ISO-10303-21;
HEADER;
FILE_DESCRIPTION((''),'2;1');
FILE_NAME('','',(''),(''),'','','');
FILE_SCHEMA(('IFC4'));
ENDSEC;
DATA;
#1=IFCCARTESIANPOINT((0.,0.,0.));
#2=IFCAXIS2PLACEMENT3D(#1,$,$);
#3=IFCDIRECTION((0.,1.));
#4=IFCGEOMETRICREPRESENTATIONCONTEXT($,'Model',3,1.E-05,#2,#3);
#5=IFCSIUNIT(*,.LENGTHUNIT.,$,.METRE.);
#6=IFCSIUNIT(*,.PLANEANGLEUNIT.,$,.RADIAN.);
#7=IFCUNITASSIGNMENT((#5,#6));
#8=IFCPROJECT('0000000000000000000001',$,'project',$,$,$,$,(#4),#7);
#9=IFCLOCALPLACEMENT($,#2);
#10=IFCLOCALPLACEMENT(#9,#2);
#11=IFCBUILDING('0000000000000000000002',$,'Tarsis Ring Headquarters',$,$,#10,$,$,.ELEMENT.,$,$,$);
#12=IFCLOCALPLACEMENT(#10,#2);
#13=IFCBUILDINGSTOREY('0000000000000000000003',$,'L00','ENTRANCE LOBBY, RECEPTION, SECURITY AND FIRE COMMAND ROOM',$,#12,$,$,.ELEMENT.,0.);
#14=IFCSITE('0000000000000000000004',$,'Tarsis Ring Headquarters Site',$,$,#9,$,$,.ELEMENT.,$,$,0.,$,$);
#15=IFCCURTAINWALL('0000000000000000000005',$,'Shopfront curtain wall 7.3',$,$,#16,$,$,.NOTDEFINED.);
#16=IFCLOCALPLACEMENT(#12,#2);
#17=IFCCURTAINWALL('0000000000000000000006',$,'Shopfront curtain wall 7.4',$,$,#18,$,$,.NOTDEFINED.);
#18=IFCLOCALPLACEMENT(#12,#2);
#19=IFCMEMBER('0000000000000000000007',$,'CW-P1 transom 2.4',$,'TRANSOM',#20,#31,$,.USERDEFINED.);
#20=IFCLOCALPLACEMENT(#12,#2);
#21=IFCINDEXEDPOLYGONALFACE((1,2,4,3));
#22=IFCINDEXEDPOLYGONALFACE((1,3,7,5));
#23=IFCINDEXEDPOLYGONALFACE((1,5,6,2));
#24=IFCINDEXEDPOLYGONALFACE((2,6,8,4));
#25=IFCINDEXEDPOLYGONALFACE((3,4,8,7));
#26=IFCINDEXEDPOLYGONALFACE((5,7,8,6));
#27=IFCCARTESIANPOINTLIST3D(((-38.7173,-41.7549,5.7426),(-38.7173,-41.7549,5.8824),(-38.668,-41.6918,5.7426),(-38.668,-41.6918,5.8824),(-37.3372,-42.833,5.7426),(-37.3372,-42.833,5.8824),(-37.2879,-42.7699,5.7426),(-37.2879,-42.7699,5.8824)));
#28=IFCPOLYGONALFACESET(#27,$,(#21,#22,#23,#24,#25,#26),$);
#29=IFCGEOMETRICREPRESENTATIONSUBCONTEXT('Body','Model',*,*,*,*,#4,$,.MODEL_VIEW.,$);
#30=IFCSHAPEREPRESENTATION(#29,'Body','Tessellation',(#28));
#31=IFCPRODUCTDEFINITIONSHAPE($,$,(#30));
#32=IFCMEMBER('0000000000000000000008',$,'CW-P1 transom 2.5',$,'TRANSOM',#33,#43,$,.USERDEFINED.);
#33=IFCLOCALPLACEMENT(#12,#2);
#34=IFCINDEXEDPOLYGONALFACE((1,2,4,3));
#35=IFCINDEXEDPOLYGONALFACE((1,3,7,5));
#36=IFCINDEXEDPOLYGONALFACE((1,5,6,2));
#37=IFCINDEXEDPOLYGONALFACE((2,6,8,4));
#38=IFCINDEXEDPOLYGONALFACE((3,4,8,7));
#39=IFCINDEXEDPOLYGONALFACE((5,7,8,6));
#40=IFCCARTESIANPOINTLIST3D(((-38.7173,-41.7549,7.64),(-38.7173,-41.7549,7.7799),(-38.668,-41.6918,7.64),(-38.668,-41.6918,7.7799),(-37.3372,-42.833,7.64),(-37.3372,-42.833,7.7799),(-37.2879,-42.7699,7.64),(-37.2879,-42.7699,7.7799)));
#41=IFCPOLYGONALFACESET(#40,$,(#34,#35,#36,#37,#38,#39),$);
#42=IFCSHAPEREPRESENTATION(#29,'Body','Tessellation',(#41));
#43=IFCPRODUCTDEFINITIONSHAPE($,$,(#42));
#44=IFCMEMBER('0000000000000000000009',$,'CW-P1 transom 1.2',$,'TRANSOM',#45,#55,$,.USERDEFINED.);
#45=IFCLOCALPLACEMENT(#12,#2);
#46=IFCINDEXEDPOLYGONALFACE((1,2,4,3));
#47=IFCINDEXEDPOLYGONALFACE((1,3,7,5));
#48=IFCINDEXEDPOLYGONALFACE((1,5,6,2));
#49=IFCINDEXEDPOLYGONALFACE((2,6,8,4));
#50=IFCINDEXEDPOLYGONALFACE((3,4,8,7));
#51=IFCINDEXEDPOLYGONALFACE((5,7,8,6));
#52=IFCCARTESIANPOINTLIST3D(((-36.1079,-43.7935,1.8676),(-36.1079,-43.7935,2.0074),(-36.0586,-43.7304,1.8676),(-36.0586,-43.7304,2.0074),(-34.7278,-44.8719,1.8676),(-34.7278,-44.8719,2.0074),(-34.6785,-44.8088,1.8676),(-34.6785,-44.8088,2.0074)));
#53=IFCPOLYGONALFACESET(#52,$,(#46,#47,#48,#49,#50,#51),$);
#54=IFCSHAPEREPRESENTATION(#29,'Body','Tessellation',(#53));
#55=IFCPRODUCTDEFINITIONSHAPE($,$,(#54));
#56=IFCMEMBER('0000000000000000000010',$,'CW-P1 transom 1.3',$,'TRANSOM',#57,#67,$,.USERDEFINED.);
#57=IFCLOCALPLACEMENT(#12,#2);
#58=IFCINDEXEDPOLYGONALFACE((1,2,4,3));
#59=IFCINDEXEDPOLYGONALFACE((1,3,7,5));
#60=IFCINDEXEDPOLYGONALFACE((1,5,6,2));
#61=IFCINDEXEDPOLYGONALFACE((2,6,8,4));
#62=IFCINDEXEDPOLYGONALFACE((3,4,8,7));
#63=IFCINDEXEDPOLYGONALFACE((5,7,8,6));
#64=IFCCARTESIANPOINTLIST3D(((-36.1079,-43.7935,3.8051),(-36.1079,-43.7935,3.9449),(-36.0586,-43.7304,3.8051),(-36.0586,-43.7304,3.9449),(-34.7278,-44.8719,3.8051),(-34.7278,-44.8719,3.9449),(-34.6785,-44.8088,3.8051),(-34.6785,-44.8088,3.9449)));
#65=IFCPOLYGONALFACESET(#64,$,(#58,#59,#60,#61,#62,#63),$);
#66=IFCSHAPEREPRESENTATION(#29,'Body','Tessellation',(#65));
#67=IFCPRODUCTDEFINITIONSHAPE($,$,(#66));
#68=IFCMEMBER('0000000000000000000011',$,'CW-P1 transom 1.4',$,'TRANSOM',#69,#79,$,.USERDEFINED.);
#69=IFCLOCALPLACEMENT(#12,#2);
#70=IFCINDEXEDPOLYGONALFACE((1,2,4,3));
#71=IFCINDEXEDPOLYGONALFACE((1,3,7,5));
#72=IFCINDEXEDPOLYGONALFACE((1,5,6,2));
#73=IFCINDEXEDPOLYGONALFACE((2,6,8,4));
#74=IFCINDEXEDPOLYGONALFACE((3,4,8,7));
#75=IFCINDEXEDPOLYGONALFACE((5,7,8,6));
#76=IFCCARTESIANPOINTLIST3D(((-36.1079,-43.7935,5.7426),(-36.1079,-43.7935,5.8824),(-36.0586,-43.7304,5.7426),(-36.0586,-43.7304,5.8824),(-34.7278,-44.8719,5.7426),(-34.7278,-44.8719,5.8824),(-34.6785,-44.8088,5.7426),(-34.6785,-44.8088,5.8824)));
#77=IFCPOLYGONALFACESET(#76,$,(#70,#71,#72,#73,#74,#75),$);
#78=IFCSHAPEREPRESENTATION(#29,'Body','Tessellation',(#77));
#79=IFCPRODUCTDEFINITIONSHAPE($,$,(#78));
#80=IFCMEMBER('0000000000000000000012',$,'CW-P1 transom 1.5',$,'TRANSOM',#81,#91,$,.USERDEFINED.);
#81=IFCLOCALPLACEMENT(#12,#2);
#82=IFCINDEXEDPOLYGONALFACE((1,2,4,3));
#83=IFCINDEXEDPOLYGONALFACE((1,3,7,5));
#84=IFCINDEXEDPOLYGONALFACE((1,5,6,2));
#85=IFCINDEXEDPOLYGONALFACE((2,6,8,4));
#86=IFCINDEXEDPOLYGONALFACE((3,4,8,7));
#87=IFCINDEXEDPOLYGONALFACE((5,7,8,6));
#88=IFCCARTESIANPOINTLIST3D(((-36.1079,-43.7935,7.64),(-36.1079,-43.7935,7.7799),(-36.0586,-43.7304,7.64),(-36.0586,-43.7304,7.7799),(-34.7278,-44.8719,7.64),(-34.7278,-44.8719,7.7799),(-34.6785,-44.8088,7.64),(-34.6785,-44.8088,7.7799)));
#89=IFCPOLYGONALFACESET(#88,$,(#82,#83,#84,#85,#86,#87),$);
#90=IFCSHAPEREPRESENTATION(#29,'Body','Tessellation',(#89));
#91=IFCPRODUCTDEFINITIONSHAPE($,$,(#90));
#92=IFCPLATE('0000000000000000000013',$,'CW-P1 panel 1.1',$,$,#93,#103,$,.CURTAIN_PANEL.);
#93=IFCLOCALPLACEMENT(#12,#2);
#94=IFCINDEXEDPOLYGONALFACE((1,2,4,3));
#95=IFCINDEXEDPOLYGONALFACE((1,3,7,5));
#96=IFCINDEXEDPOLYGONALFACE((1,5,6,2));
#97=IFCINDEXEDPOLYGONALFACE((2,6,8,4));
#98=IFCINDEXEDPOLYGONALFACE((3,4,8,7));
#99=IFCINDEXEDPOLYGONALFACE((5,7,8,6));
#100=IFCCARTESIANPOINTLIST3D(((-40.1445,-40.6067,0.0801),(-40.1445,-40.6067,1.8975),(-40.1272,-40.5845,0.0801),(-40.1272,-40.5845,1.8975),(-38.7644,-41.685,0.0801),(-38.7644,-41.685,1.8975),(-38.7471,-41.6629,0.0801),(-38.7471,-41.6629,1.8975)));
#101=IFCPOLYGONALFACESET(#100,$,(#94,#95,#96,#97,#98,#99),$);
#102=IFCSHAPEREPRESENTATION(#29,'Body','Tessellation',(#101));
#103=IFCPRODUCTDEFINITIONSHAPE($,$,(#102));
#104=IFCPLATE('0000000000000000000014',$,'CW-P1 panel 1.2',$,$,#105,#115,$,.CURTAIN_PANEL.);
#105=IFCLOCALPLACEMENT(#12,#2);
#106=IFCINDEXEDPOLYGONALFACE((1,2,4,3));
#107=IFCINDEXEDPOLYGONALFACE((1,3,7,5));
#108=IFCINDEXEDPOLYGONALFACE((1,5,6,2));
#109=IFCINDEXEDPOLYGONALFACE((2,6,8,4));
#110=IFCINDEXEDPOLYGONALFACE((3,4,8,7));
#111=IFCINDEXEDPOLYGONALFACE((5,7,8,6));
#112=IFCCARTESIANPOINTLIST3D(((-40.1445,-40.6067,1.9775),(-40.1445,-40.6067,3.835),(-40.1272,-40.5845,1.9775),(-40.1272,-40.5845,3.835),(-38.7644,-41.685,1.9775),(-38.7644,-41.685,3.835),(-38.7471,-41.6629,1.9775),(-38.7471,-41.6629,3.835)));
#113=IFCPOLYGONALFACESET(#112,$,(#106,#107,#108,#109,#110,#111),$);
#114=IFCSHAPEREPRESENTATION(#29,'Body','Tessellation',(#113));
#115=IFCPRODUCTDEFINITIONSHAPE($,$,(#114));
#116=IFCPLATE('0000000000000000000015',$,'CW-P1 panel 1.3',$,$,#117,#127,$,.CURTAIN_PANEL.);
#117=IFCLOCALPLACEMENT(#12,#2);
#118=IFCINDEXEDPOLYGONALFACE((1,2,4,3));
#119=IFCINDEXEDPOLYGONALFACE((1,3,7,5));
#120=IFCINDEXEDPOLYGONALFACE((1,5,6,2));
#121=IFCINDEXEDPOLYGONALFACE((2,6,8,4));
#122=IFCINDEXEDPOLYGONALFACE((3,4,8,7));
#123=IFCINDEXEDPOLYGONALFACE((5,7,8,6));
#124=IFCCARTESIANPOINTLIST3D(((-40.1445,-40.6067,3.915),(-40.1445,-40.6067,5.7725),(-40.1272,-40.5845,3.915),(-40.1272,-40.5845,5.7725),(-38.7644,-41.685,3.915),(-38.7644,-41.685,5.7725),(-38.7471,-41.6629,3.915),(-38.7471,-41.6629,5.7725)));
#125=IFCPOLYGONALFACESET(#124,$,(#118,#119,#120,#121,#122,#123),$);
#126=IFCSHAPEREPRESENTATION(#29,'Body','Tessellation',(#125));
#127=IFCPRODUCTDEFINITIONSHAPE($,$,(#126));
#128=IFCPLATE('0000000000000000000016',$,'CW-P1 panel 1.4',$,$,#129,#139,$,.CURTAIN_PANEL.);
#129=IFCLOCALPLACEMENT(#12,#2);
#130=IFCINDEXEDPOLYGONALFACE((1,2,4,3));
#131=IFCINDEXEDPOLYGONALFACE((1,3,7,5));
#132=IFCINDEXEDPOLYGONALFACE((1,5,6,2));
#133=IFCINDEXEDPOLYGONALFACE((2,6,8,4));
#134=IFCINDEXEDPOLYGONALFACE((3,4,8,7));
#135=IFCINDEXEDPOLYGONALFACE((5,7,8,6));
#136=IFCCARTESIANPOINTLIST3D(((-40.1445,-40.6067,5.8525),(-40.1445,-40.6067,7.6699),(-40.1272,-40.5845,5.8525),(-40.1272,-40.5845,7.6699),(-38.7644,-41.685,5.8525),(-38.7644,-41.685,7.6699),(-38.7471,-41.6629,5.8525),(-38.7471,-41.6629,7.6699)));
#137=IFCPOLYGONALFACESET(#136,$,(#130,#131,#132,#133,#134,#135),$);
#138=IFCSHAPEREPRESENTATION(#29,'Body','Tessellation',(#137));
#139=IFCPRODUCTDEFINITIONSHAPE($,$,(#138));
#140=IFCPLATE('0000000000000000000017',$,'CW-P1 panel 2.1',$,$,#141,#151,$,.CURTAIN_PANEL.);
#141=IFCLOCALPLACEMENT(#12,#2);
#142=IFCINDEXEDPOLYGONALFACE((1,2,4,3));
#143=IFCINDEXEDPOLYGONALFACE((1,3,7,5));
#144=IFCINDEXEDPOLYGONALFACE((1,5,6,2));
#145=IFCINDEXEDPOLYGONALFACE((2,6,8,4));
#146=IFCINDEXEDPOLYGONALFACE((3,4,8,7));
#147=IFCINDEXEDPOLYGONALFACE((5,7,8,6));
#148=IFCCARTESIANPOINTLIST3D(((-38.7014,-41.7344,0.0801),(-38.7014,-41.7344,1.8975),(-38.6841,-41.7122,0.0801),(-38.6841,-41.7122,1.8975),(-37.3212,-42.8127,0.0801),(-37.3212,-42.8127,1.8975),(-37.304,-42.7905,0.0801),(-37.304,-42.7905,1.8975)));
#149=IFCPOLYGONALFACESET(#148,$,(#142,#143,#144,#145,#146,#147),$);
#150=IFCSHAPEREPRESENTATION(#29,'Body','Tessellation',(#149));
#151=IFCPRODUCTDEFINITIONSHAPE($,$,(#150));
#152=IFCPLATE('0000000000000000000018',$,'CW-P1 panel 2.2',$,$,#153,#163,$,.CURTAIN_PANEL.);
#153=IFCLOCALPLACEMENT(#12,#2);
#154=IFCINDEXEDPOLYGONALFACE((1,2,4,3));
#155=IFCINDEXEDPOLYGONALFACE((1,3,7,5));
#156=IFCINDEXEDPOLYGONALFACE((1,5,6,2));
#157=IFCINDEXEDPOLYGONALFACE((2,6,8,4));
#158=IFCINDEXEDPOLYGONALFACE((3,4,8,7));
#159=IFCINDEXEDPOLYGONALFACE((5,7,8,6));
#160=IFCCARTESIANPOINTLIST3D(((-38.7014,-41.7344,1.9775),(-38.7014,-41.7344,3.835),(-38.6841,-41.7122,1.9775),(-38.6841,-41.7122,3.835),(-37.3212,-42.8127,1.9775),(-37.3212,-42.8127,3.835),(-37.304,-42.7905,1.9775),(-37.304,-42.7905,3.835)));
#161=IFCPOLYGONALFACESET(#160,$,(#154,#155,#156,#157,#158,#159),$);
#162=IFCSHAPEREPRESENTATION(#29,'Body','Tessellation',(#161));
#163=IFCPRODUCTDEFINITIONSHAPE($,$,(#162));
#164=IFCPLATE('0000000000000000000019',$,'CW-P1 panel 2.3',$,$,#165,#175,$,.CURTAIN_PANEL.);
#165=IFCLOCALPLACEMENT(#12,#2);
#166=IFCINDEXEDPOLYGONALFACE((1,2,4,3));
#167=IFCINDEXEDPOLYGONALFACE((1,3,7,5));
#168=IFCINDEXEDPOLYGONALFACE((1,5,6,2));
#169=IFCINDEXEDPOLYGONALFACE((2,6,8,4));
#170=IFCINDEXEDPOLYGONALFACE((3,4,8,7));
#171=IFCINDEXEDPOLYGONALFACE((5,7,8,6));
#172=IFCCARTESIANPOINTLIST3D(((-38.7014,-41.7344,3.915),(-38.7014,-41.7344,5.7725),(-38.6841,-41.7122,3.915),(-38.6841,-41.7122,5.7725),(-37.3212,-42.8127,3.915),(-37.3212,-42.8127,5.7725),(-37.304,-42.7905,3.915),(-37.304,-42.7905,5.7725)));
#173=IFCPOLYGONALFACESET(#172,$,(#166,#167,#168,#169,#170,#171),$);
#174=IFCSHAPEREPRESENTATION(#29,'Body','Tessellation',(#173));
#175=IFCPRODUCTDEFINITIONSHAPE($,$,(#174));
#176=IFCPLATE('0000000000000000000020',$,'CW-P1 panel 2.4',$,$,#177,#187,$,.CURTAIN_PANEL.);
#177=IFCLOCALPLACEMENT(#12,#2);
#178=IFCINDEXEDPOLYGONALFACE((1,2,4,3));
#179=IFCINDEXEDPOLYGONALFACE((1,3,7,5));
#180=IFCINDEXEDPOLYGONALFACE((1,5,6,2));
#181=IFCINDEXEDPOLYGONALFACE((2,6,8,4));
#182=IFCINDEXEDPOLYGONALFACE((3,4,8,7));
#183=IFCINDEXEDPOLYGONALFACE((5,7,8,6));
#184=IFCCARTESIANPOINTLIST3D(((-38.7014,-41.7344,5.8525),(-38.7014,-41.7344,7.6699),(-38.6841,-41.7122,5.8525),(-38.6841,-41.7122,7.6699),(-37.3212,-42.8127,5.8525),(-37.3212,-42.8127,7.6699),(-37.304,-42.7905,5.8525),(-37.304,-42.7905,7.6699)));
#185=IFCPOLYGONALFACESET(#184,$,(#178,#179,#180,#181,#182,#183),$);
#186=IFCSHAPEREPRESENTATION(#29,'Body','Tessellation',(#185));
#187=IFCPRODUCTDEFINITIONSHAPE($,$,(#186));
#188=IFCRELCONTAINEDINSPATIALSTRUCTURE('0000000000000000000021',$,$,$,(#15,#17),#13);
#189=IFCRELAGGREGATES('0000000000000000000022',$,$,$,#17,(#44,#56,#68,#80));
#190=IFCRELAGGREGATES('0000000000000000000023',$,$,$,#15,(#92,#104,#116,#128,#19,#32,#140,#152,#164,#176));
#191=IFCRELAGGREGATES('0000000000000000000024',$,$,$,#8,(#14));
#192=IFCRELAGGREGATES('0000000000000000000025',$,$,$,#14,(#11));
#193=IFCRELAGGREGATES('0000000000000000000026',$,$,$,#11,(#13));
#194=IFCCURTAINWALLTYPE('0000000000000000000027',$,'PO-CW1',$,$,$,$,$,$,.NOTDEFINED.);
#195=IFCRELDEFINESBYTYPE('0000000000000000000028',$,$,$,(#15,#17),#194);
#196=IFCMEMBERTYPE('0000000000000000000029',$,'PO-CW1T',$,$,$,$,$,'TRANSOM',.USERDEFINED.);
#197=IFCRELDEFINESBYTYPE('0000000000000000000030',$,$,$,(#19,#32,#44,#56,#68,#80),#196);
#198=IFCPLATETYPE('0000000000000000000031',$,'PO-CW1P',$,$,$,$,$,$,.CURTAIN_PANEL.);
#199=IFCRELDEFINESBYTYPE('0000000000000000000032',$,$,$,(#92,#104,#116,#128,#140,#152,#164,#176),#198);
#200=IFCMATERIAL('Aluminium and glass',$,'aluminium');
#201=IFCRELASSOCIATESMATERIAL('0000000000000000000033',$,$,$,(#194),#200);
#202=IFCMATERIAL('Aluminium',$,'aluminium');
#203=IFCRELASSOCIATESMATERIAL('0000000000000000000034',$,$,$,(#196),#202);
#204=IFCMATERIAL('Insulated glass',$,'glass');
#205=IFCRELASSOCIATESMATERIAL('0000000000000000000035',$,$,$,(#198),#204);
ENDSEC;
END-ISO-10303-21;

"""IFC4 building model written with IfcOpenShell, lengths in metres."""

from ifc_helpers import new_model, si_unit, direction, frame, origin, origin_2d, place, context, subcontext, project, spatial, rectangle, extrude, material, material_profile, profile_set, type_object, element, aggregate, save


model = new_model("IFC4")

# Units and contexts
model_context = context("Model", 3, precision=1e-05, world=origin(), true_north=direction((0.0, 1.0)))
body_context = subcontext(model_context, "Body", "Model", "MODEL_VIEW")
ifc_project = project(units=[si_unit("LENGTHUNIT", "METRE"), si_unit("PLANEANGLEUNIT", "RADIAN")], contexts=[model_context])

# Site, building, storey
site_placement = place(None, origin())
site = spatial("IfcSite", under=ifc_project, at=site_placement, Name="Tarsis Ring Headquarters Site", CompositionType="ELEMENT", RefElevation=0.0)
building_placement = place(site_placement, origin())
building = spatial("IfcBuilding", under=site, at=building_placement, Name="Tarsis Ring Headquarters", CompositionType="ELEMENT")
storey_placement = place(building_placement, origin())
storey = spatial("IfcBuildingStorey", under=building, at=storey_placement, Name="L00", Description="ENTRANCE LOBBY, RECEPTION, SECURITY AND FIRE COMMAND ROOM", CompositionType="ELEMENT", Elevation=0.0)

# Curtain wall
ifc_material_1 = material(Name="Aluminium and glass", Category="aluminium")
curtain_wall_type = type_object("IfcCurtainWallType", Name="PO-CW1", PredefinedType="NOTDEFINED", material=ifc_material_1)
curtain_wall_1_placement = place(storey_placement, origin())
curtain_wall_1 = element("IfcCurtainWall", 1, at=curtain_wall_1_placement, inside=storey, type_object=curtain_wall_type, Name="Shopfront curtain wall 7.3", PredefinedType="NOTDEFINED")
ifc_material_2 = material(Name="Aluminium", Category="aluminium")

# Curtain wall
curtain_wall_2_placement = place(storey_placement, origin())
curtain_wall_2 = element("IfcCurtainWall", 2, at=curtain_wall_2_placement, inside=storey, type_object=curtain_wall_type, Name="Shopfront curtain wall 7.4", PredefinedType="NOTDEFINED")

# Members
ifc_material_profile_1 = material_profile(ifc_material_2, rectangle(XDim=0.0801, YDim=0.1399, at=origin_2d()), Name="PO-CW1T")
ifc_profile_set_1 = profile_set([ifc_material_profile_1], Name="Aluminium")
member_type_1 = type_object("IfcMemberType", Name="PO-CW1T", ElementType="TRANSOM", PredefinedType="USERDEFINED", material=ifc_profile_set_1)
member_1_placement = place(storey_placement, frame((-38.6926, -41.7234, 5.8125), z_axis=(0.788052, -0.615609, 0.0), x_axis=(0.615609, 0.788052, 0.0)))
member_1 = element("IfcMember", 3, at=member_1_placement, type_object=member_type_1, Name="CW-P1 transom 2.4", ObjectType="TRANSOM", PredefinedType="USERDEFINED", context=body_context, shape_type="SweptSolid", body=[
    extrude(rectangle(XDim=0.0801, YDim=0.1399, at=origin_2d()), origin(), (0.0, 0.0, 1.0), 1.7512),
])
member_2_placement = place(storey_placement, frame((-38.6926, -41.7234, 7.71), z_axis=(0.788052, -0.615609, 0.0), x_axis=(0.615609, 0.788052, 0.0)))
member_2 = element("IfcMember", 4, at=member_2_placement, type_object=member_type_1, Name="CW-P1 transom 2.5", ObjectType="TRANSOM", PredefinedType="USERDEFINED", context=body_context, shape_type="SweptSolid", body=[
    extrude(rectangle(XDim=0.0801, YDim=0.1399, at=origin_2d()), origin(), (0.0, 0.0, 1.0), 1.7512),
])
member_3_placement = place(storey_placement, frame((-36.0833, -43.762, 1.9375), z_axis=(0.787984, -0.615695, 0.0), x_axis=(0.615695, 0.787984, 0.0)))
member_3 = element("IfcMember", 5, at=member_3_placement, type_object=member_type_1, Name="CW-P1 transom 1.2", ObjectType="TRANSOM", PredefinedType="USERDEFINED", context=body_context, shape_type="SweptSolid", body=[
    extrude(rectangle(XDim=0.0801, YDim=0.1399, at=origin_2d()), origin(), (0.0, 0.0, 1.0), 1.7515),
])
member_4_placement = place(storey_placement, frame((-36.0833, -43.762, 3.875), z_axis=(0.787984, -0.615695, 0.0), x_axis=(0.615695, 0.787984, 0.0)))
member_4 = element("IfcMember", 6, at=member_4_placement, type_object=member_type_1, Name="CW-P1 transom 1.3", ObjectType="TRANSOM", PredefinedType="USERDEFINED", context=body_context, shape_type="SweptSolid", body=[
    extrude(rectangle(XDim=0.0801, YDim=0.1399, at=origin_2d()), origin(), (0.0, 0.0, 1.0), 1.7515),
])
member_5_placement = place(storey_placement, frame((-36.0833, -43.762, 5.8125), z_axis=(0.787984, -0.615695, 0.0), x_axis=(0.615695, 0.787984, 0.0)))
member_5 = element("IfcMember", 7, at=member_5_placement, type_object=member_type_1, Name="CW-P1 transom 1.4", ObjectType="TRANSOM", PredefinedType="USERDEFINED", context=body_context, shape_type="SweptSolid", body=[
    extrude(rectangle(XDim=0.0801, YDim=0.1399, at=origin_2d()), origin(), (0.0, 0.0, 1.0), 1.7515),
])
member_6_placement = place(storey_placement, frame((-36.0833, -43.762, 7.71), z_axis=(0.787984, -0.615695, 0.0), x_axis=(0.615695, 0.787984, 0.0)))
member_6 = element("IfcMember", 8, at=member_6_placement, type_object=member_type_1, Name="CW-P1 transom 1.5", ObjectType="TRANSOM", PredefinedType="USERDEFINED", context=body_context, shape_type="SweptSolid", body=[
    extrude(rectangle(XDim=0.0801, YDim=0.1399, at=origin_2d()), origin(), (0.0, 0.0, 1.0), 1.7515),
])
aggregate(curtain_wall_2, [member_3, member_4, member_5, member_6])

# Plates
ifc_material_3 = material(Name="Insulated glass", Category="glass")
plate_type = type_object("IfcPlateType", Name="PO-CW1P", PredefinedType="CURTAIN_PANEL", material=ifc_material_3)
plate_1_placement = place(storey_placement, frame((-39.4458, -41.1348, 0.0801), z_axis=(0.0, 0.0, 1.0), x_axis=(0.788011, -0.615661, 0.0)))
plate_1 = element("IfcPlate", 9, at=plate_1_placement, type_object=plate_type, Name="CW-P1 panel 1.1", PredefinedType="CURTAIN_PANEL", context=body_context, shape_type="SweptSolid", body=[
    extrude(rectangle(XDim=1.7515, YDim=0.0281, at=origin_2d()), origin(), (0.0, 0.0, 1.0), 1.8174),
])
plate_2_placement = place(storey_placement, frame((-39.4458, -41.1348, 1.9775), z_axis=(0.0, 0.0, 1.0), x_axis=(0.788011, -0.615661, 0.0)))
plate_2 = element("IfcPlate", 10, at=plate_2_placement, type_object=plate_type, Name="CW-P1 panel 1.2", PredefinedType="CURTAIN_PANEL", context=body_context, shape_type="SweptSolid", body=[
    extrude(rectangle(XDim=1.7515, YDim=0.0281, at=origin_2d()), origin(), (0.0, 0.0, 1.0), 1.8574),
])
plate_3_placement = place(storey_placement, frame((-39.4458, -41.1348, 3.915), z_axis=(0.0, 0.0, 1.0), x_axis=(0.788011, -0.615661, 0.0)))
plate_3 = element("IfcPlate", 11, at=plate_3_placement, type_object=plate_type, Name="CW-P1 panel 1.3", PredefinedType="CURTAIN_PANEL", context=body_context, shape_type="SweptSolid", body=[
    extrude(rectangle(XDim=1.7515, YDim=0.0281, at=origin_2d()), origin(), (0.0, 0.0, 1.0), 1.8574),
])
plate_4_placement = place(storey_placement, frame((-39.4458, -41.1348, 5.8525), z_axis=(0.0, 0.0, 1.0), x_axis=(0.788011, -0.615661, 0.0)))
plate_4 = element("IfcPlate", 12, at=plate_4_placement, type_object=plate_type, Name="CW-P1 panel 1.4", PredefinedType="CURTAIN_PANEL", context=body_context, shape_type="SweptSolid", body=[
    extrude(rectangle(XDim=1.7515, YDim=0.0281, at=origin_2d()), origin(), (0.0, 0.0, 1.0), 1.8174),
])
plate_5_placement = place(storey_placement, frame((-38.0027, -42.2625, 0.0801), z_axis=(0.0, 0.0, 1.0), x_axis=(0.788011, -0.615661, 0.0)))
plate_5 = element("IfcPlate", 13, at=plate_5_placement, type_object=plate_type, Name="CW-P1 panel 2.1", PredefinedType="CURTAIN_PANEL", context=body_context, shape_type="SweptSolid", body=[
    extrude(rectangle(XDim=1.7515, YDim=0.0281, at=origin_2d()), origin(), (0.0, 0.0, 1.0), 1.8174),
])
plate_6_placement = place(storey_placement, frame((-38.0027, -42.2625, 1.9775), z_axis=(0.0, 0.0, 1.0), x_axis=(0.788011, -0.615661, 0.0)))
plate_6 = element("IfcPlate", 14, at=plate_6_placement, type_object=plate_type, Name="CW-P1 panel 2.2", PredefinedType="CURTAIN_PANEL", context=body_context, shape_type="SweptSolid", body=[
    extrude(rectangle(XDim=1.7515, YDim=0.0281, at=origin_2d()), origin(), (0.0, 0.0, 1.0), 1.8574),
])
plate_7_placement = place(storey_placement, frame((-38.0027, -42.2625, 3.915), z_axis=(0.0, 0.0, 1.0), x_axis=(0.788011, -0.615661, 0.0)))
plate_7 = element("IfcPlate", 15, at=plate_7_placement, type_object=plate_type, Name="CW-P1 panel 2.3", PredefinedType="CURTAIN_PANEL", context=body_context, shape_type="SweptSolid", body=[
    extrude(rectangle(XDim=1.7515, YDim=0.0281, at=origin_2d()), origin(), (0.0, 0.0, 1.0), 1.8574),
])
plate_8_placement = place(storey_placement, frame((-38.0027, -42.2625, 5.8525), z_axis=(0.0, 0.0, 1.0), x_axis=(0.788011, -0.615661, 0.0)))
plate_8 = element("IfcPlate", 16, at=plate_8_placement, type_object=plate_type, Name="CW-P1 panel 2.4", PredefinedType="CURTAIN_PANEL", context=body_context, shape_type="SweptSolid", body=[
    extrude(rectangle(XDim=1.7515, YDim=0.0281, at=origin_2d()), origin(), (0.0, 0.0, 1.0), 1.8174),
])
aggregate(curtain_wall_1, [plate_1, plate_2, plate_3, plate_4, member_1, member_2, plate_5, plate_6, plate_7, plate_8])

save(model, "model.ifc")
